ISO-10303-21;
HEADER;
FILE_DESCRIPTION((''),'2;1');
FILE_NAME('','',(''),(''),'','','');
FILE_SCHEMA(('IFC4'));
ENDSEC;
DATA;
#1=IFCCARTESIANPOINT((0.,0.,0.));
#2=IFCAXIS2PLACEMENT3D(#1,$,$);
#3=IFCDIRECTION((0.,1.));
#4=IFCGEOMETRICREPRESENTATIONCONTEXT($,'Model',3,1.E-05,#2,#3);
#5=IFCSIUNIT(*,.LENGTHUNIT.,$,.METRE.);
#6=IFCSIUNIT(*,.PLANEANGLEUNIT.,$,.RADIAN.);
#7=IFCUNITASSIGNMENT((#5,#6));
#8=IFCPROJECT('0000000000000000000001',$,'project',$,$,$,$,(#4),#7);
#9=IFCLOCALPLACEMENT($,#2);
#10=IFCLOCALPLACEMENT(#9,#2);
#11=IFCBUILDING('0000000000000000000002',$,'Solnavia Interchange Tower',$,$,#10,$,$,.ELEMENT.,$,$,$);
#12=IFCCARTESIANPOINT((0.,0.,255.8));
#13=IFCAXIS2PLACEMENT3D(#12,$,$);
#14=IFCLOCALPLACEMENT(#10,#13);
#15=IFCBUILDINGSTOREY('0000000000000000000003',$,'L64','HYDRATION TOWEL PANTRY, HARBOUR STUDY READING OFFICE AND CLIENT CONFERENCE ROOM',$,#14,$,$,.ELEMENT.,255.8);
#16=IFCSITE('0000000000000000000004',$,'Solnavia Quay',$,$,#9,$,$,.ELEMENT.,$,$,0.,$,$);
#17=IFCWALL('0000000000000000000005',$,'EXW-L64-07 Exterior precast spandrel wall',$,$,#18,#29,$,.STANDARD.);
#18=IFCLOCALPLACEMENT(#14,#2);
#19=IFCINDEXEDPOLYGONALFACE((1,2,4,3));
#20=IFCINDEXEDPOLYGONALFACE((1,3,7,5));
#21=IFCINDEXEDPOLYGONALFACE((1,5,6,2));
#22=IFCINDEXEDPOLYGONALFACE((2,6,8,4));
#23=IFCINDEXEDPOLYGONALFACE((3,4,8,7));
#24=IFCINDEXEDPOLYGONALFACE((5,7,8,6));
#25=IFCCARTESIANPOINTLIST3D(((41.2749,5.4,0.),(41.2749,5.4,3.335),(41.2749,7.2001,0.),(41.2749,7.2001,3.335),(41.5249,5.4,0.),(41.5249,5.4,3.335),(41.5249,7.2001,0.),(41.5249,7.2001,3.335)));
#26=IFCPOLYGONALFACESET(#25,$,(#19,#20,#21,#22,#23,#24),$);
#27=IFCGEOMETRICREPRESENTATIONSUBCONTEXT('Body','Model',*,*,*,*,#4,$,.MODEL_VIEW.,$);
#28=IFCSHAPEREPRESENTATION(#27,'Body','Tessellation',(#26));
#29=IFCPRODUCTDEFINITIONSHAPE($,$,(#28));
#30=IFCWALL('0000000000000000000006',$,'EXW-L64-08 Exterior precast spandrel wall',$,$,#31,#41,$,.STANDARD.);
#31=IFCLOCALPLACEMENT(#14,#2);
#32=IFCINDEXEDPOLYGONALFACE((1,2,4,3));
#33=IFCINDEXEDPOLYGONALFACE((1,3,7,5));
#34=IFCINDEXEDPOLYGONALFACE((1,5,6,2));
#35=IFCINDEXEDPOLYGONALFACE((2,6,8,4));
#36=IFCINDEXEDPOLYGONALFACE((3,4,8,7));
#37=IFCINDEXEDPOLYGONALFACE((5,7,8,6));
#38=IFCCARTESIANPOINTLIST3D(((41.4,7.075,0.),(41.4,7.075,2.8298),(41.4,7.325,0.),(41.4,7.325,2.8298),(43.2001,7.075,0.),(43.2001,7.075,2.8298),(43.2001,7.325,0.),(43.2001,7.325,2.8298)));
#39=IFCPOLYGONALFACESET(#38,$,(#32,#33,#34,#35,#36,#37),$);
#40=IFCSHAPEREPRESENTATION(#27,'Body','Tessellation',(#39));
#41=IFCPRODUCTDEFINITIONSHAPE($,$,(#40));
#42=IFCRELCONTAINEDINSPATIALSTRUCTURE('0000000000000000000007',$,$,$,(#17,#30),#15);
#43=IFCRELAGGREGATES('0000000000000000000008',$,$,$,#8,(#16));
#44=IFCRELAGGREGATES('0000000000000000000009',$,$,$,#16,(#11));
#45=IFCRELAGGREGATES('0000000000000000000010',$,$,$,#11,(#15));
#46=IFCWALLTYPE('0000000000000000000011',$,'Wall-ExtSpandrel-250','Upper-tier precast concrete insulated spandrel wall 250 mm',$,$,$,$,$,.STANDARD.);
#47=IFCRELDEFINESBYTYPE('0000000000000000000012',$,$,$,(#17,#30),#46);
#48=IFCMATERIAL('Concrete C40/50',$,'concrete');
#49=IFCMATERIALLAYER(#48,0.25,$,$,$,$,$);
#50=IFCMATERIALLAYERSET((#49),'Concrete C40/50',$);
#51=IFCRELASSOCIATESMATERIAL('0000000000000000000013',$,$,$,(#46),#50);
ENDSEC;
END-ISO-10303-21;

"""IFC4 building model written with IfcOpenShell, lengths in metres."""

from ifc_helpers import new_model, si_unit, direction, frame, frame_2d, origin, place, context, subcontext, project, spatial, rectangle, extrude, material, layer, layer_set, type_object, element, save


model = new_model("IFC4")

# Units and contexts
model_context = context("Model", 3, precision=1e-05, world=origin(), true_north=direction((0.0, 1.0)))
body_context = subcontext(model_context, "Body", "Model", "MODEL_VIEW")
ifc_project = project(units=[si_unit("LENGTHUNIT", "METRE"), si_unit("PLANEANGLEUNIT", "RADIAN")], contexts=[model_context])

# Site, building, storey
site_placement = place(None, origin())
site = spatial("IfcSite", under=ifc_project, at=site_placement, Name="Solnavia Quay", CompositionType="ELEMENT", RefElevation=0.0)
building_placement = place(site_placement, origin())
building = spatial("IfcBuilding", under=site, at=building_placement, Name="Solnavia Interchange Tower", CompositionType="ELEMENT")
storey_placement = place(building_placement, frame((0.0, 0.0, 255.8)))
storey = spatial("IfcBuildingStorey", under=building, at=storey_placement, Name="L64", Description="HYDRATION TOWEL PANTRY, HARBOUR STUDY READING OFFICE AND CLIENT CONFERENCE ROOM", CompositionType="ELEMENT", Elevation=255.8)

# Walls
ifc_material_1 = material(Name="Concrete C40/50", Category="concrete")
ifc_layer_1 = layer(ifc_material_1, 0.25)
ifc_layer_set_1 = layer_set([ifc_layer_1], Name="Concrete C40/50")
wall_type_1 = type_object("IfcWallType", Name="Wall-ExtSpandrel-250", Description="Upper-tier precast concrete insulated spandrel wall 250 mm", PredefinedType="STANDARD", material=ifc_layer_set_1)
wall_1_placement = place(storey_placement, frame((41.3999, 7.2, 0.0), z_axis=(0.0, 0.0, 1.0), x_axis=(0.0, -1.0, 0.0)))
element("IfcWall", 1, at=wall_1_placement, inside=storey, type_object=wall_type_1, Name="EXW-L64-07 Exterior precast spandrel wall", PredefinedType="STANDARD", context=body_context, shape_type="SweptSolid", body=[
    extrude(rectangle(XDim=1.8, YDim=0.25, at=frame_2d((0.8999, 0.0))), origin(), (0.0, 0.0, 1.0), 3.335),
])
wall_2_placement = place(storey_placement, frame((43.2, 7.2, 0.0), z_axis=(0.0, 0.0, 1.0), x_axis=(-1.0, 0.0, 0.0)))
element("IfcWall", 2, at=wall_2_placement, inside=storey, type_object=wall_type_1, Name="EXW-L64-08 Exterior precast spandrel wall", PredefinedType="STANDARD", context=body_context, shape_type="SweptSolid", body=[
    extrude(rectangle(XDim=1.8, YDim=0.25, at=frame_2d((0.8999, 0.0))), origin(), (0.0, 0.0, 1.0), 2.8298),
])

save(model, "model.ifc")
